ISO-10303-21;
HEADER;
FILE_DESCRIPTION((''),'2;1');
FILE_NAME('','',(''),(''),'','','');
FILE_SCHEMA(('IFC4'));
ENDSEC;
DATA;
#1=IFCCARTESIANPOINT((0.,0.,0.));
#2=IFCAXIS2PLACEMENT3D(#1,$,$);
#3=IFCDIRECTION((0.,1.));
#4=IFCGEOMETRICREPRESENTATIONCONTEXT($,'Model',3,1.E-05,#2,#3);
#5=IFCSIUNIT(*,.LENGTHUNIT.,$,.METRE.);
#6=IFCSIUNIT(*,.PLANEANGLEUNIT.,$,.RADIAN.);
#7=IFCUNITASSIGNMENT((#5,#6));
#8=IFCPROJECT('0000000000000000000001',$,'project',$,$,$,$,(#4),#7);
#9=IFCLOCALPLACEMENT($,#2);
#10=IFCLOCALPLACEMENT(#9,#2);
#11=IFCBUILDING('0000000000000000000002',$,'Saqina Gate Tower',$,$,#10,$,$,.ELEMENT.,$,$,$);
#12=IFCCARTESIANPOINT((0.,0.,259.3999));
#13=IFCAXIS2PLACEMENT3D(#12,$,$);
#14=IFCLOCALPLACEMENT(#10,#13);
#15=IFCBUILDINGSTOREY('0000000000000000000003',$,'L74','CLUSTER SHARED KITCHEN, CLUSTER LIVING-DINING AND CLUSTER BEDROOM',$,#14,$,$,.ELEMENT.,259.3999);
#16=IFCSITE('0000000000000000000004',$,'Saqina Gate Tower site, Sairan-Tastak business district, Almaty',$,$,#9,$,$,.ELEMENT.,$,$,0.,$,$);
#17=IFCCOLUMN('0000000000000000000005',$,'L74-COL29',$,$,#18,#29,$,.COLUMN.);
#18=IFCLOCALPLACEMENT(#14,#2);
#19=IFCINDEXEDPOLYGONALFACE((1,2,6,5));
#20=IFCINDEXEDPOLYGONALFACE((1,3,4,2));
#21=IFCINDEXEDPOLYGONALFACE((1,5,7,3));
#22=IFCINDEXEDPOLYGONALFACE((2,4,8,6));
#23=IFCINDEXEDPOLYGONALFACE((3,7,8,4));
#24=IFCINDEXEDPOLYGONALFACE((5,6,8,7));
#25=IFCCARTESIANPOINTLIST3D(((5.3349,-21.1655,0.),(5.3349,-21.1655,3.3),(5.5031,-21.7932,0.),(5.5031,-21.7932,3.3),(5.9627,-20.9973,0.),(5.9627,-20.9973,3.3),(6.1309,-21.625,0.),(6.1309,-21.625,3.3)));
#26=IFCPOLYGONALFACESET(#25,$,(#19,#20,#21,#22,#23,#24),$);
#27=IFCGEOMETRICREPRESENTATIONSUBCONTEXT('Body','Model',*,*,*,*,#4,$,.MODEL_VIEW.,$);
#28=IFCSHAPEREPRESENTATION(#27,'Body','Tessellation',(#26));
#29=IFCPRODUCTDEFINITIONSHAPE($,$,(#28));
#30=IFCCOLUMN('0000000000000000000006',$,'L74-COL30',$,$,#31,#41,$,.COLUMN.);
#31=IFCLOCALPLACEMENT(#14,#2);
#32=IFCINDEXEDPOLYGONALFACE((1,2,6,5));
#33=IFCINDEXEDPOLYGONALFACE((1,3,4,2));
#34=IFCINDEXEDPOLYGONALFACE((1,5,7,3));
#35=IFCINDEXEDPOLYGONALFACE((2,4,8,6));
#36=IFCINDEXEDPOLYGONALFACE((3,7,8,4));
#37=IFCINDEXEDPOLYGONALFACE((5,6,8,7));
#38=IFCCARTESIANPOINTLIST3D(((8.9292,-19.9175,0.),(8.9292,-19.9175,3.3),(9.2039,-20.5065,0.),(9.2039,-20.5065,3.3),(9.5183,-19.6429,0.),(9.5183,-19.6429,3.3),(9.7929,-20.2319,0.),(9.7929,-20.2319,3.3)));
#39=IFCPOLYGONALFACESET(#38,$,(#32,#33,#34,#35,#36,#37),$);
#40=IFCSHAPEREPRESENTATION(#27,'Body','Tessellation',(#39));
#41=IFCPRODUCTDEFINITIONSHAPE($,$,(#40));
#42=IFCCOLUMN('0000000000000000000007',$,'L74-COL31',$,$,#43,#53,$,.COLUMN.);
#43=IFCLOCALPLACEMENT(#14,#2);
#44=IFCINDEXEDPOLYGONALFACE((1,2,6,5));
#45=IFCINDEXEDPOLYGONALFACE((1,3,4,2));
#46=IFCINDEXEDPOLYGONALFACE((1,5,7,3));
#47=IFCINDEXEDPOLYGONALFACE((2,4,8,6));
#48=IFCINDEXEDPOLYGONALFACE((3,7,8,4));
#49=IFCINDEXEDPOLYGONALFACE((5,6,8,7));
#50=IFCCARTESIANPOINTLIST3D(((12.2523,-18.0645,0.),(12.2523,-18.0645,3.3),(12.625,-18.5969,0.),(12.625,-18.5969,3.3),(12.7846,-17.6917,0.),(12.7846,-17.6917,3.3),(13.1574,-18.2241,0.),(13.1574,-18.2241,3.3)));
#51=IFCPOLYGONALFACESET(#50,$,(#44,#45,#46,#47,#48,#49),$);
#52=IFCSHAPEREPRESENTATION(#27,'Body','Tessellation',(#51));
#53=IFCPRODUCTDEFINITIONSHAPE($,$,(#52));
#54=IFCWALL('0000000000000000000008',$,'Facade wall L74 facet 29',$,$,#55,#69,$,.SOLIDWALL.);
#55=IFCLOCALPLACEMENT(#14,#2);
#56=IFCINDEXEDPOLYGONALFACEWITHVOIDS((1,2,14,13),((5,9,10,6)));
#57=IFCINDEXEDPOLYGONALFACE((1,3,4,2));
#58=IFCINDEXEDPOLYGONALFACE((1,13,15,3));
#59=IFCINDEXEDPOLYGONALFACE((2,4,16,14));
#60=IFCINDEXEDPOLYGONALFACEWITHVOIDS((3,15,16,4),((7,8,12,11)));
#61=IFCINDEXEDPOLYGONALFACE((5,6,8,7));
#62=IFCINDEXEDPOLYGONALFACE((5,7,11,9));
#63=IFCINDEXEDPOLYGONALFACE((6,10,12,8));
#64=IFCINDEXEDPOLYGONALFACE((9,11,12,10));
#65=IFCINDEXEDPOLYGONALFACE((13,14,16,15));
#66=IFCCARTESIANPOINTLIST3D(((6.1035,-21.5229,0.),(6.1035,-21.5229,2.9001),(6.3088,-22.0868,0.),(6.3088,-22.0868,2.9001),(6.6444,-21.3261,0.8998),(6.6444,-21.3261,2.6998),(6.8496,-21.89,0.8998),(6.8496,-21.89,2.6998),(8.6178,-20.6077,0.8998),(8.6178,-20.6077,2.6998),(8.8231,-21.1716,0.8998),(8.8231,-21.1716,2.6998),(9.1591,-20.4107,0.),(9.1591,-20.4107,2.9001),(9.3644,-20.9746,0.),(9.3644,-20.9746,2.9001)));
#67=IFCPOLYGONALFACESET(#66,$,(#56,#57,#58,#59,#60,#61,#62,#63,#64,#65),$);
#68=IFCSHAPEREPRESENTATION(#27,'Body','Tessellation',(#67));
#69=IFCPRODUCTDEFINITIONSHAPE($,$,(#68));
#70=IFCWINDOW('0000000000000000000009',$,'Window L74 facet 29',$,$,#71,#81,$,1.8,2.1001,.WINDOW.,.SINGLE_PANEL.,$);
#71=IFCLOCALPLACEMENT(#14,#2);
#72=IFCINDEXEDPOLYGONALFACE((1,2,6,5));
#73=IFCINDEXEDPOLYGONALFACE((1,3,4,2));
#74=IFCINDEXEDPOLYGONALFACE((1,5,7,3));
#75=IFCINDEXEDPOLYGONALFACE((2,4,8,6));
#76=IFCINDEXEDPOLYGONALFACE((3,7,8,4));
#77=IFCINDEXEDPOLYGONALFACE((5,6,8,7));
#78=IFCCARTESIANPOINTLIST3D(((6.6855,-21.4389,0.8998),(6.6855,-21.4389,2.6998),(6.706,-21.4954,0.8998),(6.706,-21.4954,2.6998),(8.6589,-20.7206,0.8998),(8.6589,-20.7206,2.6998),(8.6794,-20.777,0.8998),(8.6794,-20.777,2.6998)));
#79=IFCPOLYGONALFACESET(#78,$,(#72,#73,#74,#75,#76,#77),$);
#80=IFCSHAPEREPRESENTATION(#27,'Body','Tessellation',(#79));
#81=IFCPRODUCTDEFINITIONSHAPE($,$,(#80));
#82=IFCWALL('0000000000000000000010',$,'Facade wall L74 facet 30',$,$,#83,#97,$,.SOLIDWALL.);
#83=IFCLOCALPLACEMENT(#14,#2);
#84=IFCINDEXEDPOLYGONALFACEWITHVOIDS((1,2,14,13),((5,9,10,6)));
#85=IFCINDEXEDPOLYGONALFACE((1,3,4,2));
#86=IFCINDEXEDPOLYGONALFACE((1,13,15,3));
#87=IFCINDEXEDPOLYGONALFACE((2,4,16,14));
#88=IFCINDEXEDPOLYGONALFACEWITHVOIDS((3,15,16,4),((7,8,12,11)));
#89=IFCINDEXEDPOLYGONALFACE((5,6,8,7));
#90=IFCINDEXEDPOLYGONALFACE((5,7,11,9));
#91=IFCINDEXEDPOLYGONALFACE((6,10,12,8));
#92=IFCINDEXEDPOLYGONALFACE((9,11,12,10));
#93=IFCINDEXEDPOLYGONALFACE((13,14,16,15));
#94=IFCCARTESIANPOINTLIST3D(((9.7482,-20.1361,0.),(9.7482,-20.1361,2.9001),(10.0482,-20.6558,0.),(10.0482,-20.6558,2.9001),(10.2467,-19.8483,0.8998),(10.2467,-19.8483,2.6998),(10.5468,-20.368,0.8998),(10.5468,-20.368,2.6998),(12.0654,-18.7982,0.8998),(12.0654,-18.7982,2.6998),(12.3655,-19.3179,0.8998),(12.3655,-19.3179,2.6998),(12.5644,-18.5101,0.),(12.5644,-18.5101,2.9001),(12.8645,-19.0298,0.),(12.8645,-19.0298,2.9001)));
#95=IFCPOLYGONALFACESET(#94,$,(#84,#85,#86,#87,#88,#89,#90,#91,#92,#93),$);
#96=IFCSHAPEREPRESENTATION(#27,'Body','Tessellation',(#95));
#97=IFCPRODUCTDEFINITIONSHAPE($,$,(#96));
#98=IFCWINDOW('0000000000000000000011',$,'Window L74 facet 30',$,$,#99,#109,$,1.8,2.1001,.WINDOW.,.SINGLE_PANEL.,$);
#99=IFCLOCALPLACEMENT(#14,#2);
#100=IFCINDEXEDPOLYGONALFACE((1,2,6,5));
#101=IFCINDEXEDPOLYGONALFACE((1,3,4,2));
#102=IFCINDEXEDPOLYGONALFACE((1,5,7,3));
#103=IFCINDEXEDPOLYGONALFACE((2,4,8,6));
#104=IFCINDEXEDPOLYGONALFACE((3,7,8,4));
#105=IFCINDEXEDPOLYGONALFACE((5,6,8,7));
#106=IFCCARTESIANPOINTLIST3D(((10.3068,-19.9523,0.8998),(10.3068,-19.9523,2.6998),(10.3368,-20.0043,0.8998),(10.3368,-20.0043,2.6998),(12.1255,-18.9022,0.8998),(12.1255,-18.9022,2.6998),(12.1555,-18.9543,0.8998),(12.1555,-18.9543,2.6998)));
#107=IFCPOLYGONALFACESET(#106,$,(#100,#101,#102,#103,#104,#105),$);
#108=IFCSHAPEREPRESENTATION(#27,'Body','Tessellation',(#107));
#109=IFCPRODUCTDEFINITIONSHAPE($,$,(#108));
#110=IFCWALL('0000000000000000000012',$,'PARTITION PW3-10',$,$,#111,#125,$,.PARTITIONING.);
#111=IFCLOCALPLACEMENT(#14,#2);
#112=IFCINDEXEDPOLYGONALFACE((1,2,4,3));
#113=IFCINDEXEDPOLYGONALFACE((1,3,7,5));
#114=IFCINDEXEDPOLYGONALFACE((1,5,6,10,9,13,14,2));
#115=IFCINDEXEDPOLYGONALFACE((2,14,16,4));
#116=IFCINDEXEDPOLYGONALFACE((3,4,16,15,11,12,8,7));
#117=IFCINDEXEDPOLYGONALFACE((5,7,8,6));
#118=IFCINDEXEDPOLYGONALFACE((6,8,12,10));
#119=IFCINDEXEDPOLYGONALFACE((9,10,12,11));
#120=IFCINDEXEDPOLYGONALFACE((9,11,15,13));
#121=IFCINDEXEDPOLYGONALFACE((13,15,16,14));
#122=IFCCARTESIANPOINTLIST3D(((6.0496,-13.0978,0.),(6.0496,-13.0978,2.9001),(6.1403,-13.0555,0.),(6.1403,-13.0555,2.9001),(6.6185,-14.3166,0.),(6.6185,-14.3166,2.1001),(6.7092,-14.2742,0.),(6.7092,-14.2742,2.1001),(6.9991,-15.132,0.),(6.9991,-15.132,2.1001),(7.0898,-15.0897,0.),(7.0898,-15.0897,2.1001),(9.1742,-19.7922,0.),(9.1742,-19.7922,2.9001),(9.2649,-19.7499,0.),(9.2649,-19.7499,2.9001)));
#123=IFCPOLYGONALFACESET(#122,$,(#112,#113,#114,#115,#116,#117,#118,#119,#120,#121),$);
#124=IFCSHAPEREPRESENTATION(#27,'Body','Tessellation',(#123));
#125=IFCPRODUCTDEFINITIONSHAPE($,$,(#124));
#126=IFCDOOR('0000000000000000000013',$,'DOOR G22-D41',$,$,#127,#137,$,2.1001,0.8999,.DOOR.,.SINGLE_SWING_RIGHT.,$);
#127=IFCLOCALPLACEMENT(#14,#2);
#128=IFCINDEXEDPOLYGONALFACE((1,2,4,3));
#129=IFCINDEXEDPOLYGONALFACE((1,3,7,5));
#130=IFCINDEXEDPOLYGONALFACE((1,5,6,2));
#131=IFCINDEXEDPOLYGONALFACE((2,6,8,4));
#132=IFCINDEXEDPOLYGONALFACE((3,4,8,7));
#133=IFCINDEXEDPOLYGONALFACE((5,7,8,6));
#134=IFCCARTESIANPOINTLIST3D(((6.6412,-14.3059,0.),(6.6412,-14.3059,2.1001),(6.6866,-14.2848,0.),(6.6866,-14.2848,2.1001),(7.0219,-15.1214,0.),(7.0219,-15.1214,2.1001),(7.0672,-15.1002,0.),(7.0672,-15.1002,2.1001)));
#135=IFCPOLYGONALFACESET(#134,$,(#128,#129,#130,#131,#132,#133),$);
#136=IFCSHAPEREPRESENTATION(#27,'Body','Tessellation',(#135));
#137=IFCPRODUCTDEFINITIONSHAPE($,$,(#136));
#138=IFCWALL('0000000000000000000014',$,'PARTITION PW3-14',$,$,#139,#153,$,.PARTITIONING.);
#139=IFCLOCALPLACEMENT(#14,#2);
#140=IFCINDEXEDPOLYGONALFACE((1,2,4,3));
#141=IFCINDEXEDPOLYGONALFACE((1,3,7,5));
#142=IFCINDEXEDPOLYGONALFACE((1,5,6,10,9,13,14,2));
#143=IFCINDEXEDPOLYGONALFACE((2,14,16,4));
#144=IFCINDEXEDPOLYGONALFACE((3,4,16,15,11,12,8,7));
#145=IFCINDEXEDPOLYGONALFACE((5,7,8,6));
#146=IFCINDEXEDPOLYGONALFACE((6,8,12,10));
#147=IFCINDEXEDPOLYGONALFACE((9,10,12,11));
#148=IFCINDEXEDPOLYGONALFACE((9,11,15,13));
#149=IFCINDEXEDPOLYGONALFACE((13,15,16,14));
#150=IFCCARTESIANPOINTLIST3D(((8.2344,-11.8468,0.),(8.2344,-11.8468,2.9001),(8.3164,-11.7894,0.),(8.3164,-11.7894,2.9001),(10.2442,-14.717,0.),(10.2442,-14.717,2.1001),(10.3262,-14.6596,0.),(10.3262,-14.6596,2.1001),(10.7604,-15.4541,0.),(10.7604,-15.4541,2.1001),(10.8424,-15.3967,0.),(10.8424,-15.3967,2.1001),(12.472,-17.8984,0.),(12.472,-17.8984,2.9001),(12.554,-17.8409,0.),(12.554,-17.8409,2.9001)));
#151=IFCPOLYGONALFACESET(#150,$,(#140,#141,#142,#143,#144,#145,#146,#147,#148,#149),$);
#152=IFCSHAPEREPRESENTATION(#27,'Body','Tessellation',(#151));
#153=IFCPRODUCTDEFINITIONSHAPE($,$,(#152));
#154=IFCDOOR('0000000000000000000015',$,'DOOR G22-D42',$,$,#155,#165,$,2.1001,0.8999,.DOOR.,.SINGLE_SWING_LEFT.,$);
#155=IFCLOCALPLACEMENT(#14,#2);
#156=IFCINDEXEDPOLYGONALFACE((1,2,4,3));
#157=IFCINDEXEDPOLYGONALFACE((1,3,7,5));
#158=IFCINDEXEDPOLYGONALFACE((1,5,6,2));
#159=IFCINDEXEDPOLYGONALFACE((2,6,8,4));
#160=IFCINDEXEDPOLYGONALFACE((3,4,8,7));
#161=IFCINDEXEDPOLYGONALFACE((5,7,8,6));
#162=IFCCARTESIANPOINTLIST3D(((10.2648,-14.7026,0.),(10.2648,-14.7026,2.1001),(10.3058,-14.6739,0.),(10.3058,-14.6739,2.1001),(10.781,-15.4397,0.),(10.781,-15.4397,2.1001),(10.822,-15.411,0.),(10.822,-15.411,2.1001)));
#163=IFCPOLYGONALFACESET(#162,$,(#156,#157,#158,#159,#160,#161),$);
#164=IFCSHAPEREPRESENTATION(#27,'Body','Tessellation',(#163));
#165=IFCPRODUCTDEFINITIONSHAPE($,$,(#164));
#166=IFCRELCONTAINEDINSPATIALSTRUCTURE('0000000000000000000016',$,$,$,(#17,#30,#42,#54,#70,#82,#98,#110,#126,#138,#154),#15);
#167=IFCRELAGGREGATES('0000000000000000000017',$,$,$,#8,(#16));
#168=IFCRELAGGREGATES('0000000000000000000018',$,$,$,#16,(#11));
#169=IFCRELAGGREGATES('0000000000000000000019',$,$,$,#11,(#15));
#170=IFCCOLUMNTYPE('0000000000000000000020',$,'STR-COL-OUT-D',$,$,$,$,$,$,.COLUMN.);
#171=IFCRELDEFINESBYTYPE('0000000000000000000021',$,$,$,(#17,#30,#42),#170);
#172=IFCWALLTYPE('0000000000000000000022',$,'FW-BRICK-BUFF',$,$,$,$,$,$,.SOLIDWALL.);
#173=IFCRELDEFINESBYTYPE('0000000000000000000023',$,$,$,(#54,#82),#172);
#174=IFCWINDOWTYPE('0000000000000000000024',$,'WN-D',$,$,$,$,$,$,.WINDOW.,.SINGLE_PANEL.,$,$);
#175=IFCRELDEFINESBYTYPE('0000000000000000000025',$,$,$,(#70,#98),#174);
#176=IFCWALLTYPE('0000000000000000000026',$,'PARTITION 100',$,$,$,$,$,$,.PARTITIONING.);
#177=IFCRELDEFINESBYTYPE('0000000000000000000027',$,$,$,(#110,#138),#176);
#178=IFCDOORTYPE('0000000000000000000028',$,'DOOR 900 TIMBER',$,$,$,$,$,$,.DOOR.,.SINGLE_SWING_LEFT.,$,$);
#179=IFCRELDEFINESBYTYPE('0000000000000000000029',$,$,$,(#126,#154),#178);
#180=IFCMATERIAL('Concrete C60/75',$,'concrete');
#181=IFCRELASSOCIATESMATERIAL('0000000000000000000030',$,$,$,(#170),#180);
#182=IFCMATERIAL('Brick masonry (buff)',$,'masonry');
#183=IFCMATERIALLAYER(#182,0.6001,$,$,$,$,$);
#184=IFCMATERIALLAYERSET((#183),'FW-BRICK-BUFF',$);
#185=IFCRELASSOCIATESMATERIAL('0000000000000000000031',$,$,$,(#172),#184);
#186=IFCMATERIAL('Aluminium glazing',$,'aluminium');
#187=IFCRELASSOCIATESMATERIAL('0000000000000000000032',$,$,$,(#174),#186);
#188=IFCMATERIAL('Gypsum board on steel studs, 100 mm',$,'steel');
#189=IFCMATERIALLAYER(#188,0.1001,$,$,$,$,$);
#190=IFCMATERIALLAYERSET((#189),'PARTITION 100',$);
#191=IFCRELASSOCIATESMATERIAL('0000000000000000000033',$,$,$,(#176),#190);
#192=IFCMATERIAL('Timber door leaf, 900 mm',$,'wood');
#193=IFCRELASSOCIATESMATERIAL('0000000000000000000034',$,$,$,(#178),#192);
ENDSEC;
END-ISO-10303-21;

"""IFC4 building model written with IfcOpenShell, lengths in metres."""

from ifc_helpers import new_model, si_unit, direction, frame, frame_2d, origin, origin_2d, place, context, subcontext, project, spatial, rectangle, extrude, material, layer, layer_set, material_profile, profile_set, type_object, element, fill, save


model = new_model("IFC4")

# Units and contexts
model_context = context("Model", 3, precision=1e-05, world=origin(), true_north=direction((0.0, 1.0)))
body_context = subcontext(model_context, "Body", "Model", "MODEL_VIEW")
ifc_project = project(units=[si_unit("LENGTHUNIT", "METRE"), si_unit("PLANEANGLEUNIT", "RADIAN")], contexts=[model_context])

# Site, building, storey
site_placement = place(None, origin())
site = spatial("IfcSite", under=ifc_project, at=site_placement, Name="Saqina Gate Tower site, Sairan-Tastak business district, Almaty", CompositionType="ELEMENT", RefElevation=0.0)
building_placement = place(site_placement, origin())
building = spatial("IfcBuilding", under=site, at=building_placement, Name="Saqina Gate Tower", CompositionType="ELEMENT")
storey_placement = place(building_placement, frame((0.0, 0.0, 259.3999)))
storey = spatial("IfcBuildingStorey", under=building, at=storey_placement, Name="L74", Description="CLUSTER SHARED KITCHEN, CLUSTER LIVING-DINING AND CLUSTER BEDROOM", CompositionType="ELEMENT", Elevation=259.3999)

# Columns
ifc_material_1 = material(Name="Concrete C60/75", Category="concrete")
ifc_material_profile = material_profile(ifc_material_1, rectangle(XDim=0.6499, YDim=0.6499, at=origin_2d()), Name="RC 650x650")
ifc_profile_set = profile_set([ifc_material_profile], Name="Concrete C60/75")
column_type = type_object("IfcColumnType", Name="STR-COL-OUT-D", PredefinedType="COLUMN", material=ifc_profile_set)
for number, where, z_axis, x_axis, name in (
    (1, (5.7329, -21.3953, 0.0), (0.0, 0.0, 1.0), (0.258819, -0.965926, 0.0), "L74-COL29"),
    (2, (9.3611, -20.0747, 0.0), (0.0, 0.0, 1.0), (0.422618, -0.906308, 0.0), "L74-COL30"),
    (3, (12.7048, -18.1443, 0.0), (0.0, 0.0, 1.0), (0.573576, -0.819152, 0.0), "L74-COL31"),
):
    element("IfcColumn", number, at=place(storey_placement, frame(where, z_axis=z_axis, x_axis=x_axis)), inside=storey, type_object=column_type, Name=name, PredefinedType="COLUMN", context=body_context, shape_type="SweptSolid", body=[
        extrude(rectangle(XDim=0.6499, YDim=0.6499, at=origin_2d()), origin(), (0.0, 0.0, 1.0), 3.3),
    ])

# Walls, openings, windows
ifc_material_2 = material(Name="Brick masonry (buff)", Category="masonry")
ifc_layer_1 = layer(ifc_material_2, 0.6001)
ifc_layer_set_1 = layer_set([ifc_layer_1], Name="FW-BRICK-BUFF")
wall_type_1 = type_object("IfcWallType", Name="FW-BRICK-BUFF", PredefinedType="SOLIDWALL", material=ifc_layer_set_1)
wall_1_placement = place(storey_placement, frame((6.2061, -21.8049, 0.0), z_axis=(0.0, 0.0, 1.0), x_axis=(0.939679, 0.342057, 0.0)))
wall_1 = element("IfcWall", 4, at=wall_1_placement, inside=storey, type_object=wall_type_1, Name="Facade wall L74 facet 29", PredefinedType="SOLIDWALL", context=body_context, shape_type="SweptSolid", body=[
    extrude(rectangle(XDim=3.2517, YDim=0.6001, at=frame_2d((1.626, 0.0))), origin(), (0.0, 0.0, 1.0), 2.9001),
])
opening_1_placement = place(wall_1_placement, frame((0.5757, 0.0, 0.8999)))
opening_1 = element("IfcOpeningElement", 5, at=opening_1_placement, cuts=wall_1, PredefinedType="OPENING", context=body_context, shape_type="SweptSolid", body=[
    extrude(rectangle(XDim=2.1001, YDim=1.8, at=frame_2d((1.05, 0.8999))), frame((0.0, 0.312, 0.0), z_axis=(0.0, -1.0, 0.0), x_axis=(1.0, 0.0, 0.0)), (0.0, 0.0, 1.0), 0.624),
])
ifc_material_3 = material(Name="Aluminium glazing", Category="aluminium")
window_type = type_object("IfcWindowType", Name="WN-D", PartitioningType="SINGLE_PANEL", PredefinedType="WINDOW", material=ifc_material_3)
window_1_placement = place(opening_1_placement, origin())
window_1 = element("IfcWindow", 6, at=window_1_placement, inside=storey, type_object=window_type, Name="Window L74 facet 29", OverallHeight=1.8, OverallWidth=2.1001, PartitioningType="SINGLE_PANEL", PredefinedType="WINDOW", context=body_context, shape_type="SweptSolid", body=[
    extrude(rectangle(XDim=2.1001, YDim=1.8, at=frame_2d((1.05, 0.8999))), frame((0.0, 0.1799, 0.0), z_axis=(0.0, -1.0, 0.0), x_axis=(1.0, 0.0, 0.0)), (0.0, 0.0, 1.0), 0.0601),
])
fill(opening_1, window_1)
wall_2_placement = place(storey_placement, frame((9.8982, -20.396, 0.0), z_axis=(0.0, 0.0, 1.0), x_axis=(0.866017, 0.500015, 0.0)))
wall_2 = element("IfcWall", 7, at=wall_2_placement, inside=storey, type_object=wall_type_1, Name="Facade wall L74 facet 30", PredefinedType="SOLIDWALL", context=body_context, shape_type="SweptSolid", body=[
    extrude(rectangle(XDim=3.252, YDim=0.6001, at=frame_2d((1.626, 0.0))), origin(), (0.0, 0.0, 1.0), 2.9001),
])
opening_2_placement = place(wall_2_placement, frame((0.5757, 0.0, 0.8999)))
opening_2 = element("IfcOpeningElement", 8, at=opening_2_placement, cuts=wall_2, PredefinedType="OPENING", context=body_context, shape_type="SweptSolid", body=[
    extrude(rectangle(XDim=2.1001, YDim=1.8, at=frame_2d((1.05, 0.8999))), frame((0.0, 0.312, 0.0), z_axis=(0.0, -1.0, 0.0), x_axis=(1.0, 0.0, 0.0)), (0.0, 0.0, 1.0), 0.624),
])
window_2_placement = place(opening_2_placement, origin())
window_2 = element("IfcWindow", 9, at=window_2_placement, inside=storey, type_object=window_type, Name="Window L74 facet 30", OverallHeight=1.8, OverallWidth=2.1001, PartitioningType="SINGLE_PANEL", PredefinedType="WINDOW", context=body_context, shape_type="SweptSolid", body=[
    extrude(rectangle(XDim=2.1001, YDim=1.8, at=frame_2d((1.05, 0.8999))), frame((0.0, 0.1799, 0.0), z_axis=(0.0, -1.0, 0.0), x_axis=(1.0, 0.0, 0.0)), (0.0, 0.0, 1.0), 0.0601),
])
fill(opening_2, window_2)

# Walls, openings, doors
ifc_material_4 = material(Name="Gypsum board on steel studs, 100 mm", Category="steel")
ifc_layer_2 = layer(ifc_material_4, 0.1001)
ifc_layer_set_2 = layer_set([ifc_layer_2], Name="PARTITION 100")
wall_type_2 = type_object("IfcWallType", Name="PARTITION 100", PredefinedType="PARTITIONING", material=ifc_layer_set_2)
wall_3_placement = place(storey_placement, frame((6.095, -13.0767, 0.0), z_axis=(0.0, 0.0, 1.0), x_axis=(0.42294, -0.906158, 0.0)))
wall_3 = element("IfcWall", 10, at=wall_3_placement, inside=storey, type_object=wall_type_2, Name="PARTITION PW3-10", PredefinedType="PARTITIONING", context=body_context, shape_type="SweptSolid", body=[
    extrude(rectangle(XDim=7.3877, YDim=0.1001, at=frame_2d((3.6938, 0.0))), origin(), (0.0, 0.0, 1.0), 2.9001),
])
opening_3_placement = place(wall_3_placement, frame((1.345, 0.0, 0.0)))
opening_3 = element("IfcOpeningElement", 11, at=opening_3_placement, cuts=wall_3, PredefinedType="OPENING", context=body_context, shape_type="SweptSolid", body=[
    extrude(rectangle(XDim=0.8999, YDim=2.1001, at=frame_2d((0.45, 1.05))), frame((0.0, 0.062, 0.0), z_axis=(0.0, -1.0, 0.0), x_axis=(1.0, 0.0, 0.0)), (0.0, 0.0, 1.0), 0.124),
])
ifc_material_5 = material(Name="Timber door leaf, 900 mm", Category="wood")
door_type_1 = type_object("IfcDoorType", Name="DOOR 900 TIMBER", OperationType="SINGLE_SWING_LEFT", PredefinedType="DOOR", material=ifc_material_5)
door_1_placement = place(opening_3_placement, frame((0.8999, 0.0, 0.0), z_axis=(0.0, 0.0, 1.0), x_axis=(-1.0, 0.0, 0.0)))
door_1 = element("IfcDoor", 12, at=door_1_placement, inside=storey, type_object=door_type_1, Name="DOOR G22-D41", OperationType="SINGLE_SWING_RIGHT", OverallHeight=2.1001, OverallWidth=0.8999, PredefinedType="DOOR", context=body_context, shape_type="SweptSolid", body=[
    extrude(rectangle(XDim=0.8999, YDim=2.1001, at=frame_2d((0.45, 1.05))), frame((0.0, 0.0249, 0.0), z_axis=(0.0, -1.0, 0.0), x_axis=(1.0, 0.0, 0.0)), (0.0, 0.0, 1.0), 0.05),
])
fill(opening_3, door_1)
wall_4_placement = place(storey_placement, frame((8.2754, -11.8181, 0.0), z_axis=(0.0, 0.0, 1.0), x_axis=(0.573598, -0.819137, 0.0)))
wall_4 = element("IfcWall", 13, at=wall_4_placement, inside=storey, type_object=wall_type_2, Name="PARTITION PW3-14", PredefinedType="PARTITIONING", context=body_context, shape_type="SweptSolid", body=[
    extrude(rectangle(XDim=7.3877, YDim=0.1001, at=frame_2d((3.6938, 0.0))), origin(), (0.0, 0.0, 1.0), 2.9001),
])
opening_4_placement = place(wall_4_placement, frame((3.5039, 0.0, 0.0)))
opening_4 = element("IfcOpeningElement", 14, at=opening_4_placement, cuts=wall_4, PredefinedType="OPENING", context=body_context, shape_type="SweptSolid", body=[
    extrude(rectangle(XDim=0.8999, YDim=2.1001, at=frame_2d((0.45, 1.05))), frame((0.0, 0.062, 0.0), z_axis=(0.0, -1.0, 0.0), x_axis=(1.0, 0.0, 0.0)), (0.0, 0.0, 1.0), 0.124),
])
door_2_placement = place(opening_4_placement, frame((0.8999, 0.0, 0.0), z_axis=(0.0, 0.0, 1.0), x_axis=(-1.0, 0.0, 0.0)))
door_2 = element("IfcDoor", 15, at=door_2_placement, inside=storey, type_object=door_type_1, Name="DOOR G22-D42", OperationType="SINGLE_SWING_LEFT", OverallHeight=2.1001, OverallWidth=0.8999, PredefinedType="DOOR", context=body_context, shape_type="SweptSolid", body=[
    extrude(rectangle(XDim=0.8999, YDim=2.1001, at=frame_2d((0.45, 1.05))), frame((0.0, 0.0249, 0.0), z_axis=(0.0, -1.0, 0.0), x_axis=(1.0, 0.0, 0.0)), (0.0, 0.0, 1.0), 0.05),
])
fill(opening_4, door_2)

save(model, "model.ifc")
